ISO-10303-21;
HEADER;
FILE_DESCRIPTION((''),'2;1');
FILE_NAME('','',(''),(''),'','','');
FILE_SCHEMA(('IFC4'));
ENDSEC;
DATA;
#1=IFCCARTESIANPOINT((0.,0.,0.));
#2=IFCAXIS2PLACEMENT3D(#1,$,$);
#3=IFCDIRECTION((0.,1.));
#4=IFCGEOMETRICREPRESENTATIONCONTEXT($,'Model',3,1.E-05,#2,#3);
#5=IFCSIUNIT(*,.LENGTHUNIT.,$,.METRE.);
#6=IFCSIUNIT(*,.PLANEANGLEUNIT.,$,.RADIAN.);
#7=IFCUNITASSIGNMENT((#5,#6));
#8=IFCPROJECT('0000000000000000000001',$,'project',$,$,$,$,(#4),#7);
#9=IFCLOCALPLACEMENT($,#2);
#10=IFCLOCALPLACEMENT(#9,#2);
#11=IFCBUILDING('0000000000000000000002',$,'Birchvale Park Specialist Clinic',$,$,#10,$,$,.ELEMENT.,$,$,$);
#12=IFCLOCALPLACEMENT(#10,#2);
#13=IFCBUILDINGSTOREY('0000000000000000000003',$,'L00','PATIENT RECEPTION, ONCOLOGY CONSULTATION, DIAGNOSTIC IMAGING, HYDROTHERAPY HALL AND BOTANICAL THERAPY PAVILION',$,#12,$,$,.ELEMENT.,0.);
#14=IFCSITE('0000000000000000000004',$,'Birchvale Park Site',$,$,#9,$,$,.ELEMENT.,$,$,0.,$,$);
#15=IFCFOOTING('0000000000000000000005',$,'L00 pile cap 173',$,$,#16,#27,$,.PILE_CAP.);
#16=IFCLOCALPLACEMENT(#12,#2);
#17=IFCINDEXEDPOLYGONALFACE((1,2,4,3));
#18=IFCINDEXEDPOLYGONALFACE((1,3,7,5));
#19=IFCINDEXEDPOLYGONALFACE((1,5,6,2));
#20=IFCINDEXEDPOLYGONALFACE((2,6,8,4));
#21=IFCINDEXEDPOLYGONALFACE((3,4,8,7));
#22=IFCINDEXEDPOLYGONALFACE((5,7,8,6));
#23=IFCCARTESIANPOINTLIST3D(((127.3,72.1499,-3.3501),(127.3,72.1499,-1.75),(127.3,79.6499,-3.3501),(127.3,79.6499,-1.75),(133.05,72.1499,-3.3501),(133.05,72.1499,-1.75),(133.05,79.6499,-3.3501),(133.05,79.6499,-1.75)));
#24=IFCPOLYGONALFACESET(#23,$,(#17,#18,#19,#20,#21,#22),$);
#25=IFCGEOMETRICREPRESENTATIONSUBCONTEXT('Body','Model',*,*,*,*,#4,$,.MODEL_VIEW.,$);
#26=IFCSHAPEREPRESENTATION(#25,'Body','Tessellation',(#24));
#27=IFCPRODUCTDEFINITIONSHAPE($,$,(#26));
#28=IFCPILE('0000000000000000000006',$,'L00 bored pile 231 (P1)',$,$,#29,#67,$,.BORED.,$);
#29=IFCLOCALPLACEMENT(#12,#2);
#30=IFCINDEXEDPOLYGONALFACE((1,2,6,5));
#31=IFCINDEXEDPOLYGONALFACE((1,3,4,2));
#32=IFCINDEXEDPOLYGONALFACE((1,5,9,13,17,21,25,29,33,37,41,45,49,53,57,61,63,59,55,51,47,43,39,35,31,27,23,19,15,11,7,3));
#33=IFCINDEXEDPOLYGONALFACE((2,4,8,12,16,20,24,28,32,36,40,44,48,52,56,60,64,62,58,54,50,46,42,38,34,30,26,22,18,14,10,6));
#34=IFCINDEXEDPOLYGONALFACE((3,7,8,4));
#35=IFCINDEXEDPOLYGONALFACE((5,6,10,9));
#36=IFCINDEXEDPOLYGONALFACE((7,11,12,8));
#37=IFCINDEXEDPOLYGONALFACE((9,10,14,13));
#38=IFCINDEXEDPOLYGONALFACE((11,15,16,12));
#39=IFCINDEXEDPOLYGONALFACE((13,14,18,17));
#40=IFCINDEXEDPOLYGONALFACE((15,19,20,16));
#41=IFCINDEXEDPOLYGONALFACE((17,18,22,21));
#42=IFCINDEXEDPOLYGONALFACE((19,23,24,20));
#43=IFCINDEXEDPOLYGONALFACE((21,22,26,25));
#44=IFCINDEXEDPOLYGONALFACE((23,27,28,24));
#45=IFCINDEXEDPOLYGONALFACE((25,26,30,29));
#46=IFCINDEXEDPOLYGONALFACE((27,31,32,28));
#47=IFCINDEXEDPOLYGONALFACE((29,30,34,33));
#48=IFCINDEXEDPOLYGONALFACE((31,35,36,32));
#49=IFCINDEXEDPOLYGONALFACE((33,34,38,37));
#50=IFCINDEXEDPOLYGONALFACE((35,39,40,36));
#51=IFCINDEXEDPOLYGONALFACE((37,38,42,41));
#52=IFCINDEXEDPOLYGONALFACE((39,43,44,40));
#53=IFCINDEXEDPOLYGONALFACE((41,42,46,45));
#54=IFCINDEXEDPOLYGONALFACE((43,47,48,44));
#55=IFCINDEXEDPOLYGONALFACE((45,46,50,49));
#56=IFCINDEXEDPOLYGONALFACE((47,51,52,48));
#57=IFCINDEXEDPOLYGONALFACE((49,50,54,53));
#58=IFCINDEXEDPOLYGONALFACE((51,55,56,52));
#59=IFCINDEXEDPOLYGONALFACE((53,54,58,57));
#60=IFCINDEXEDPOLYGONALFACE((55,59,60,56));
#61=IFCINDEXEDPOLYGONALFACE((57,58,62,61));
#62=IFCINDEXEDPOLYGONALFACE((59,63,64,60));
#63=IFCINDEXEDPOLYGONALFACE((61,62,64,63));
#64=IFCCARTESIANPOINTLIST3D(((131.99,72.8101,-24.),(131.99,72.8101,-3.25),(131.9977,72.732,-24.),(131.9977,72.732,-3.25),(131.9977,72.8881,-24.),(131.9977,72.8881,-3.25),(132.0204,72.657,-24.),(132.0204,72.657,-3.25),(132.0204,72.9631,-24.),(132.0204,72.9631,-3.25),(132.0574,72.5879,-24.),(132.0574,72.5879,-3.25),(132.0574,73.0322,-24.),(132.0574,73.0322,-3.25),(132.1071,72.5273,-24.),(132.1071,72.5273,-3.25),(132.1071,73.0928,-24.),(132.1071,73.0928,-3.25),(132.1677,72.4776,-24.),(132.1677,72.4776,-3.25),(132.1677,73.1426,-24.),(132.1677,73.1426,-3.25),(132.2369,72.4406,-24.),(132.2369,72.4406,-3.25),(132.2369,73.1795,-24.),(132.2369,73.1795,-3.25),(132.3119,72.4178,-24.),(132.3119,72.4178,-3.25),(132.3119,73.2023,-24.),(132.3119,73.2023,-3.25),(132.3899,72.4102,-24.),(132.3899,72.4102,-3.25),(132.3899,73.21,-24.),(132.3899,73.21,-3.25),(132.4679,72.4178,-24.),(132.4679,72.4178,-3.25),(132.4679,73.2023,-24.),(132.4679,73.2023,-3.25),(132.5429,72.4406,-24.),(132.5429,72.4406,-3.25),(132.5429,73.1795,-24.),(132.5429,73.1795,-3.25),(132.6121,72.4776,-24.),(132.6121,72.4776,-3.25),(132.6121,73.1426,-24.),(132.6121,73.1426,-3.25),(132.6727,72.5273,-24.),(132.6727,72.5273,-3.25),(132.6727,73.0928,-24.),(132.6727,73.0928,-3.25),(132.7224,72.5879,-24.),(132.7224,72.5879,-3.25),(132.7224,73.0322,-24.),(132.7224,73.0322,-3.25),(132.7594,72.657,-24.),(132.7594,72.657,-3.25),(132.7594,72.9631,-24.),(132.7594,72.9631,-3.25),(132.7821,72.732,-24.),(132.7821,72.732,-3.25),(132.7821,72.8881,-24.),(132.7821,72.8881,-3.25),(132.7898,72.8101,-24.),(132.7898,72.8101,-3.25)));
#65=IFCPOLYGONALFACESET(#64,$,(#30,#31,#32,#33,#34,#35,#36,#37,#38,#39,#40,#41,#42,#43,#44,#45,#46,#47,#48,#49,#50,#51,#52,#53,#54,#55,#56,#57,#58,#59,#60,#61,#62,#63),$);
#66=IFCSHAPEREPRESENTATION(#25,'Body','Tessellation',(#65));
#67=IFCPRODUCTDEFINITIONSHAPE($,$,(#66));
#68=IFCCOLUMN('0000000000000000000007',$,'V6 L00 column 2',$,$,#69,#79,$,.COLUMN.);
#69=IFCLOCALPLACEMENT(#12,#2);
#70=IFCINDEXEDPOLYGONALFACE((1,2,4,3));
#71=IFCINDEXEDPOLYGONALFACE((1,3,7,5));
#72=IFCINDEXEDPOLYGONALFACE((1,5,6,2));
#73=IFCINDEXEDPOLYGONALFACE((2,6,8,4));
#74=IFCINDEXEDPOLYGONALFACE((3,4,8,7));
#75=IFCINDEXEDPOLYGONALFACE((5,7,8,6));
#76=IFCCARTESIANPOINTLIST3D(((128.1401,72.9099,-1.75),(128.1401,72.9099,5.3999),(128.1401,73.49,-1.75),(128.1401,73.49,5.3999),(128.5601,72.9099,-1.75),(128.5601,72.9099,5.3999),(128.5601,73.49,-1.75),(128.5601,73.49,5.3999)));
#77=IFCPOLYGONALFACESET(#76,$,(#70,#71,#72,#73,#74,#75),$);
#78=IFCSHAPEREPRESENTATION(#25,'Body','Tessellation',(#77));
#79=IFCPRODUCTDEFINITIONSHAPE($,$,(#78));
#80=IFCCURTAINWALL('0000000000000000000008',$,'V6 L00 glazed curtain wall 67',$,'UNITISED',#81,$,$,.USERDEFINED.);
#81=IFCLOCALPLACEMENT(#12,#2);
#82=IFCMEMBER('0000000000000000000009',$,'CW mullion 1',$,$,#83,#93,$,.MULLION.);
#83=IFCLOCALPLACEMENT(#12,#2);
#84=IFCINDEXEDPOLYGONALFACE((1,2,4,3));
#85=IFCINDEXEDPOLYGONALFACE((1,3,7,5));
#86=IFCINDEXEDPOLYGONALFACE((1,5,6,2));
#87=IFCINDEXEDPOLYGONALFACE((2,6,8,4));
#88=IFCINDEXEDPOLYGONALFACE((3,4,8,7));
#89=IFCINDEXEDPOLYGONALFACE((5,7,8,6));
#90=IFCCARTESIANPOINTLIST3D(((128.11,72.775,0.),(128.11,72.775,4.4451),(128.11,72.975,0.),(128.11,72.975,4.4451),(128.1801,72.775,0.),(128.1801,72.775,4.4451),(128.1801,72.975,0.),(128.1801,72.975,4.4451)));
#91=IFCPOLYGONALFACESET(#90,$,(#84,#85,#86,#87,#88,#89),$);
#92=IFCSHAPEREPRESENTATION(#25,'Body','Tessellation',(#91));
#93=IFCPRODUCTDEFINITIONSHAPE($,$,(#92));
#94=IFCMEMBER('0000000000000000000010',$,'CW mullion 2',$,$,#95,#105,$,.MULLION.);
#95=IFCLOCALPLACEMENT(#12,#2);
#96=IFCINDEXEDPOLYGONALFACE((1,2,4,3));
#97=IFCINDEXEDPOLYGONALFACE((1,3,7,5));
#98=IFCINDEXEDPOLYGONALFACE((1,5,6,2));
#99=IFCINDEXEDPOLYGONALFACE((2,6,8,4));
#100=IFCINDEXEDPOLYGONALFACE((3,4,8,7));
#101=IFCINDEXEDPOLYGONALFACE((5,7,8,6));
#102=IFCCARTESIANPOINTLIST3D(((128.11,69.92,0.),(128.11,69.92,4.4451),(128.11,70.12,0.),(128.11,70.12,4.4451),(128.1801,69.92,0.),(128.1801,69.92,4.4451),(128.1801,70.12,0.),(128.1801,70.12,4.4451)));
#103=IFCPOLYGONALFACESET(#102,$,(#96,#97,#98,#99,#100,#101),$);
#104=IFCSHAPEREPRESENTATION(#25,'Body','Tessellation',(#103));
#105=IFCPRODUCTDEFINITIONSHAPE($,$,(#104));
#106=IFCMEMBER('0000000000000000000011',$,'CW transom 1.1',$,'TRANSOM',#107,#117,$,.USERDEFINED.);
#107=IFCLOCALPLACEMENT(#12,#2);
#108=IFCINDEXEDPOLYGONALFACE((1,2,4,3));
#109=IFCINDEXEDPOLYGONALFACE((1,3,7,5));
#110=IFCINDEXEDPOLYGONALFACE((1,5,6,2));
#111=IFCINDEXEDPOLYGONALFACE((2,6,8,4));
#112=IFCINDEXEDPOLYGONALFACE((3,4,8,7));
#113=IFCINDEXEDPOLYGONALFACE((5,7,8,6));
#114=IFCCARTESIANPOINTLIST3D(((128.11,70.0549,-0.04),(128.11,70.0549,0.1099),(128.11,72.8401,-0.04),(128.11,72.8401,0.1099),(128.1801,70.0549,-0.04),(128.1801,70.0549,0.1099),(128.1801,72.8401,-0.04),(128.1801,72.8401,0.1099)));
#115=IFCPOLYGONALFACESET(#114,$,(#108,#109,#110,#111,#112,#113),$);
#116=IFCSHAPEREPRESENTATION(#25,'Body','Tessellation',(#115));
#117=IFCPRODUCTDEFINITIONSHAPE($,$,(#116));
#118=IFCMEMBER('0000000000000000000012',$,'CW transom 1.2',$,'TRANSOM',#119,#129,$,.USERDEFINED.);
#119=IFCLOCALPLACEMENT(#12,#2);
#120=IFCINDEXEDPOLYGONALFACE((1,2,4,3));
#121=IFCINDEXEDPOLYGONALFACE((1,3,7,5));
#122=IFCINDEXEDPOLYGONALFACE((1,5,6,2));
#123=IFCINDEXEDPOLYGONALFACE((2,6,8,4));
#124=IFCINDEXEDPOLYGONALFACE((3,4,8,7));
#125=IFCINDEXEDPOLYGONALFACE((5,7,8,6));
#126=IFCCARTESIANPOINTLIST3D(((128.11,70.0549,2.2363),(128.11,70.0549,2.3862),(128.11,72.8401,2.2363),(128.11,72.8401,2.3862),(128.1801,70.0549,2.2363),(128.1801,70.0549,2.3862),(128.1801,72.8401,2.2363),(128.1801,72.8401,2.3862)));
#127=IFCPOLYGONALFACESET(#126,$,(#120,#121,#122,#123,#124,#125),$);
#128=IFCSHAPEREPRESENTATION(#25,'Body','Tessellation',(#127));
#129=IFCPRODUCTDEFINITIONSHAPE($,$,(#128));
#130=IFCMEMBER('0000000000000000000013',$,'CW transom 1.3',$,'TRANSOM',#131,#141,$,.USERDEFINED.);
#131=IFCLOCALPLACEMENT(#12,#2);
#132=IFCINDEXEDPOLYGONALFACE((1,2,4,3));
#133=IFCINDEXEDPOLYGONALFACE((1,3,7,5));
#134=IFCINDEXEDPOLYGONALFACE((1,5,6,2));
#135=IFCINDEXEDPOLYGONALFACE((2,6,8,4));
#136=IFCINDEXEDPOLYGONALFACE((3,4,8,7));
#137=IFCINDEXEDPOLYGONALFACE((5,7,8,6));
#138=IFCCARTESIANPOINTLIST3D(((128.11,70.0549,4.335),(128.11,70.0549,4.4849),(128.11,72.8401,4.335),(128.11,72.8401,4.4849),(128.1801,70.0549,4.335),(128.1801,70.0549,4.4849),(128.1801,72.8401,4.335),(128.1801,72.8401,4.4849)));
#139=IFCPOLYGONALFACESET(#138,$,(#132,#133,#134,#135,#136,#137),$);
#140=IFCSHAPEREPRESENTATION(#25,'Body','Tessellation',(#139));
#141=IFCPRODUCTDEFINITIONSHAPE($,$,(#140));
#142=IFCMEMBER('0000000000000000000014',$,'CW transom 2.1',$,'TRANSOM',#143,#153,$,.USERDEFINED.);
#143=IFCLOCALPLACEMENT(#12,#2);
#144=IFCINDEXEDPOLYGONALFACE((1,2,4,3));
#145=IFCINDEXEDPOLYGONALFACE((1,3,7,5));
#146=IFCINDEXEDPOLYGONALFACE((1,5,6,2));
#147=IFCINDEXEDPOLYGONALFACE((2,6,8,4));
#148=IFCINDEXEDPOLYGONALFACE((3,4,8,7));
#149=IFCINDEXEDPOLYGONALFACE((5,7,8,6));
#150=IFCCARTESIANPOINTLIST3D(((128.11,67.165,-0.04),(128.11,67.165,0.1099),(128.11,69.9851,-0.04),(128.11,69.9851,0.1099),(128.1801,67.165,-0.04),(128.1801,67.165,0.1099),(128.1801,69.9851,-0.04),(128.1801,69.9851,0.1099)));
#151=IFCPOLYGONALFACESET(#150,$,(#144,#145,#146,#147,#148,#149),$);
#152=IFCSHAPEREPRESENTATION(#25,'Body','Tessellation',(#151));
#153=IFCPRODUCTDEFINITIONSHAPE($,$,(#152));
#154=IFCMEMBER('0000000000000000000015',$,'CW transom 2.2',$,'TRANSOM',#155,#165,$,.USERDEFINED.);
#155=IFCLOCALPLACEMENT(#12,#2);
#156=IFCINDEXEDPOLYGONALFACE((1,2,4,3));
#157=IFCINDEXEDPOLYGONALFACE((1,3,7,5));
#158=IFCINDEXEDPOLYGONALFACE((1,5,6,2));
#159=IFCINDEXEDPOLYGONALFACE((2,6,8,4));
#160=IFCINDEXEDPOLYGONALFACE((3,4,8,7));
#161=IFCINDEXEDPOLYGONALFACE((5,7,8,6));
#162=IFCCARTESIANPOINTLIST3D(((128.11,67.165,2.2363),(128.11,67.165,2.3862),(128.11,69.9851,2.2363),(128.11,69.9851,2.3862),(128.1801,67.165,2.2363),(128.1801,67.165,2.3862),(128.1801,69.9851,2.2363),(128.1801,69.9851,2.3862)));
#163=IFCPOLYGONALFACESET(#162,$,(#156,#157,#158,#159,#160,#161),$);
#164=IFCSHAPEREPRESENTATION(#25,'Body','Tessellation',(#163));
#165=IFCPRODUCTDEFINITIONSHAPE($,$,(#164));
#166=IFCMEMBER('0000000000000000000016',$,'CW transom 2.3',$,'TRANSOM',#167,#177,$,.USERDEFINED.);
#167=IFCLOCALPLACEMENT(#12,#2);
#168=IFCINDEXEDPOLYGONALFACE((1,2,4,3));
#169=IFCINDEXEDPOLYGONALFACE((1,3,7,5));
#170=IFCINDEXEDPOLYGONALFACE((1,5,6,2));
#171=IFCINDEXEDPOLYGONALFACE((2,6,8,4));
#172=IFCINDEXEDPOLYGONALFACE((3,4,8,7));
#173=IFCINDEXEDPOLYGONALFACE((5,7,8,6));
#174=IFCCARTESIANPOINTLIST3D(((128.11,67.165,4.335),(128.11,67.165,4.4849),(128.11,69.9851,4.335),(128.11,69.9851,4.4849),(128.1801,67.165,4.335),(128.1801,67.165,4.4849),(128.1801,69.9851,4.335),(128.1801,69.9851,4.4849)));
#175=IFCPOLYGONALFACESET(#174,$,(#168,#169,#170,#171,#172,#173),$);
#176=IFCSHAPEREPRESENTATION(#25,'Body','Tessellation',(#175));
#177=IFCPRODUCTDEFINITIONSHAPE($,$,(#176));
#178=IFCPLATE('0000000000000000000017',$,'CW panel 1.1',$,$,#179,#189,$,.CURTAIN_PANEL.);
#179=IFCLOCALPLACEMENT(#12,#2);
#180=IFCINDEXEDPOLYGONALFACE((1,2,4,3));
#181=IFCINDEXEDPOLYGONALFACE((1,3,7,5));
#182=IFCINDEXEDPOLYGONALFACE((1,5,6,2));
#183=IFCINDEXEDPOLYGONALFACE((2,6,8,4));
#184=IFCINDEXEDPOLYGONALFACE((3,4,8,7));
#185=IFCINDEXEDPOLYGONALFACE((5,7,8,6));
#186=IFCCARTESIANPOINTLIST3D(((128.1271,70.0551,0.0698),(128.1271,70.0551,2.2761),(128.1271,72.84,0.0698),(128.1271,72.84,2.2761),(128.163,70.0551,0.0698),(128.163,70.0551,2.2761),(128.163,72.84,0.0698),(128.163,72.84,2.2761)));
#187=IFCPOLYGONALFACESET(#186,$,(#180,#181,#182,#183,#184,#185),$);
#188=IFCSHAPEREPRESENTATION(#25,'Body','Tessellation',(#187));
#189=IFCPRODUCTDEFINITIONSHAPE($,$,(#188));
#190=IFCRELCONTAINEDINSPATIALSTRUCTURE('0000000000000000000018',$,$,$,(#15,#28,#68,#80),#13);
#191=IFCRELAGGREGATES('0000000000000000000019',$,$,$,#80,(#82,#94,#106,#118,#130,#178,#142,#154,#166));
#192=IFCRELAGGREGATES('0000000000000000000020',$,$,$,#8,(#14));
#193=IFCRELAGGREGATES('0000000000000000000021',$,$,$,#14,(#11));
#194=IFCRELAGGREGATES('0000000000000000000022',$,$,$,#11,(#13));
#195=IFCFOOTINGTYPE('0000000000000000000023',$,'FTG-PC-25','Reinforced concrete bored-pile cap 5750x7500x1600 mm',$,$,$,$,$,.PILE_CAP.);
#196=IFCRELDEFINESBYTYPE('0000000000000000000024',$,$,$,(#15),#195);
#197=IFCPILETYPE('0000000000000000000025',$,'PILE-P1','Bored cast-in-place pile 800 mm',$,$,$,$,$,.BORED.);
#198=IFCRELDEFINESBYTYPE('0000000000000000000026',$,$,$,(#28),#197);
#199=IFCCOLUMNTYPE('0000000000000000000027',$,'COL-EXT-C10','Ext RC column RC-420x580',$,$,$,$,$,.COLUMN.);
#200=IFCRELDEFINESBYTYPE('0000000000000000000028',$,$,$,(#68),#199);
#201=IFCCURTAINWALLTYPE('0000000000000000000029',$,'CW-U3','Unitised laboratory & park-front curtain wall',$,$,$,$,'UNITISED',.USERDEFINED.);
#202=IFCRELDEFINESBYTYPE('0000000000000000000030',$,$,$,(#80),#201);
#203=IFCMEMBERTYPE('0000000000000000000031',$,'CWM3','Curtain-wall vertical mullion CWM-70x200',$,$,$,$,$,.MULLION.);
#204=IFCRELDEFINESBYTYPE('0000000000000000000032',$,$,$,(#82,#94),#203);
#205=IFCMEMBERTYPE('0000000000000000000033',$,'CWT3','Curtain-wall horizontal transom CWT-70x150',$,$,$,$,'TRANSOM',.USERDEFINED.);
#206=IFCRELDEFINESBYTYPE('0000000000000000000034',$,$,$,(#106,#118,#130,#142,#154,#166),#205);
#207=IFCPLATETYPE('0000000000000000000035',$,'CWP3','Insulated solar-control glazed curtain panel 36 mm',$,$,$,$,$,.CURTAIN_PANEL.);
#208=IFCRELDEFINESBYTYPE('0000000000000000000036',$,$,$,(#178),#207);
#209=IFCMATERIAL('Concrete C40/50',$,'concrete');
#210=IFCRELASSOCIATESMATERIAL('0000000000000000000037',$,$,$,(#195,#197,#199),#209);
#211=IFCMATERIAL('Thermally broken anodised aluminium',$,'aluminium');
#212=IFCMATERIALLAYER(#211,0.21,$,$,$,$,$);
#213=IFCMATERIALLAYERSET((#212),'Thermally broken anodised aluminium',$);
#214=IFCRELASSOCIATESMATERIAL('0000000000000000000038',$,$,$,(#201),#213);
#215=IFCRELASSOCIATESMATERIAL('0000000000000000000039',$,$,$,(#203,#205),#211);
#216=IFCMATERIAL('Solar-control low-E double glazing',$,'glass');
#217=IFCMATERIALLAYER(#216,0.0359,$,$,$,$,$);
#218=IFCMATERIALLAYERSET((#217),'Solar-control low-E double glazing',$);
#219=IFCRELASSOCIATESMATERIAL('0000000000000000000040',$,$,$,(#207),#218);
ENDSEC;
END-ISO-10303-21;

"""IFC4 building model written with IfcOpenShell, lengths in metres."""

from ifc_helpers import new_model, si_unit, direction, frame, origin, origin_2d, place, context, subcontext, project, spatial, rectangle, circle, extrude, material, layer, layer_set, material_profile, profile_set, type_object, element, aggregate, save


model = new_model("IFC4")

# Units and contexts
model_context = context("Model", 3, precision=1e-05, world=origin(), true_north=direction((0.0, 1.0)))
body_context = subcontext(model_context, "Body", "Model", "MODEL_VIEW")
ifc_project = project(units=[si_unit("LENGTHUNIT", "METRE"), si_unit("PLANEANGLEUNIT", "RADIAN")], contexts=[model_context])

# Site, building, storey
site_placement = place(None, origin())
site = spatial("IfcSite", under=ifc_project, at=site_placement, Name="Birchvale Park Site", CompositionType="ELEMENT", RefElevation=0.0)
building_placement = place(site_placement, origin())
building = spatial("IfcBuilding", under=site, at=building_placement, Name="Birchvale Park Specialist Clinic", CompositionType="ELEMENT")
storey_placement = place(building_placement, origin())
storey = spatial("IfcBuildingStorey", under=building, at=storey_placement, Name="L00", Description="PATIENT RECEPTION, ONCOLOGY CONSULTATION, DIAGNOSTIC IMAGING, HYDROTHERAPY HALL AND BOTANICAL THERAPY PAVILION", CompositionType="ELEMENT", Elevation=0.0)

# Footing
ifc_material_1 = material(Name="Concrete C40/50", Category="concrete")
footing_type = type_object("IfcFootingType", Name="FTG-PC-25", Description="Reinforced concrete bored-pile cap 5750x7500x1600 mm", PredefinedType="PILE_CAP", material=ifc_material_1)
footing_placement = place(storey_placement, frame((130.175, 75.8999, -3.3501), z_axis=(0.0, 0.0, 1.0), x_axis=(1.0, 0.0, 0.0)))
element("IfcFooting", 1, at=footing_placement, inside=storey, type_object=footing_type, Name="L00 pile cap 173", PredefinedType="PILE_CAP", context=body_context, shape_type="SweptSolid", body=[
    extrude(rectangle(XDim=5.75, YDim=7.5, at=origin_2d()), origin(), (0.0, 0.0, 1.0), 1.6001),
])

# Pile
ifc_material_profile_1 = material_profile(ifc_material_1, circle(Radius=0.3999, at=origin_2d()), Name="PILE-800")
ifc_profile_set_1 = profile_set([ifc_material_profile_1], Name="Concrete C40/50")
pile_type = type_object("IfcPileType", Name="PILE-P1", Description="Bored cast-in-place pile 800 mm", PredefinedType="BORED", material=ifc_profile_set_1)
pile_placement = place(storey_placement, frame((132.3899, 72.8101, -3.25), z_axis=(0.0, 0.0, -1.0), x_axis=(1.0, 0.0, 0.0)))
element("IfcPile", 2, at=pile_placement, inside=storey, type_object=pile_type, Name="L00 bored pile 231 (P1)", PredefinedType="BORED", context=body_context, shape_type="SweptSolid", body=[
    extrude(circle(Radius=0.3999, at=origin_2d()), origin(), (0.0, 0.0, 1.0), 20.75),
])

# Column
ifc_material_profile_2 = material_profile(ifc_material_1, rectangle(XDim=0.4199, YDim=0.5801, at=origin_2d()), Name="RC-420x580")
ifc_profile_set_2 = profile_set([ifc_material_profile_2], Name="Concrete C40/50")
column_type = type_object("IfcColumnType", Name="COL-EXT-C10", Description="Ext RC column RC-420x580", PredefinedType="COLUMN", material=ifc_profile_set_2)
column_placement = place(storey_placement, frame((128.3501, 73.2, -1.75), z_axis=(0.0, 0.0, 1.0), x_axis=(1.0, 0.0, 0.0)))
element("IfcColumn", 3, at=column_placement, inside=storey, type_object=column_type, Name="V6 L00 column 2", PredefinedType="COLUMN", context=body_context, shape_type="SweptSolid", body=[
    extrude(rectangle(XDim=0.4199, YDim=0.5801, at=origin_2d()), origin(), (0.0, 0.0, 1.0), 7.1499),
])

# Curtain wall, members, plate
ifc_material_2 = material(Name="Thermally broken anodised aluminium", Category="aluminium")
ifc_layer_1 = layer(ifc_material_2, 0.21)
ifc_layer_set_1 = layer_set([ifc_layer_1], Name="Thermally broken anodised aluminium")
curtain_wall_type = type_object("IfcCurtainWallType", Name="CW-U3", Description="Unitised laboratory & park-front curtain wall", ElementType="UNITISED", PredefinedType="USERDEFINED", material=ifc_layer_set_1)
curtain_wall_placement = place(storey_placement, origin())
curtain_wall = element("IfcCurtainWall", 4, at=curtain_wall_placement, inside=storey, type_object=curtain_wall_type, Name="V6 L00 glazed curtain wall 67", ObjectType="UNITISED", PredefinedType="USERDEFINED")
ifc_material_profile_3 = material_profile(ifc_material_2, rectangle(XDim=0.0701, YDim=0.2, at=origin_2d()), Name="CWM-70x200")
ifc_profile_set_3 = profile_set([ifc_material_profile_3], Name="Thermally broken anodised aluminium")
member_type_1 = type_object("IfcMemberType", Name="CWM3", Description="Curtain-wall vertical mullion CWM-70x200", PredefinedType="MULLION", material=ifc_profile_set_3)
member_1_placement = place(storey_placement, frame((128.145, 72.875, 0.0), z_axis=(0.0, 0.0, 1.0), x_axis=(1.0, 0.0, 0.0)))
member_1 = element("IfcMember", 5, at=member_1_placement, type_object=member_type_1, Name="CW mullion 1", PredefinedType="MULLION", context=body_context, shape_type="SweptSolid", body=[
    extrude(rectangle(XDim=0.0701, YDim=0.2, at=origin_2d()), origin(), (0.0, 0.0, 1.0), 4.4451),
])
member_2_placement = place(storey_placement, frame((128.145, 70.02, 0.0), z_axis=(0.0, 0.0, 1.0), x_axis=(1.0, 0.0, 0.0)))
member_2 = element("IfcMember", 6, at=member_2_placement, type_object=member_type_1, Name="CW mullion 2", PredefinedType="MULLION", context=body_context, shape_type="SweptSolid", body=[
    extrude(rectangle(XDim=0.0701, YDim=0.2, at=origin_2d()), origin(), (0.0, 0.0, 1.0), 4.4451),
])
ifc_material_profile_4 = material_profile(ifc_material_2, rectangle(XDim=0.0701, YDim=0.1499, at=origin_2d()), Name="CWT-70x150")
ifc_profile_set_4 = profile_set([ifc_material_profile_4], Name="Thermally broken anodised aluminium")
member_type_2 = type_object("IfcMemberType", Name="CWT3", Description="Curtain-wall horizontal transom CWT-70x150", ElementType="TRANSOM", PredefinedType="USERDEFINED", material=ifc_profile_set_4)
member_3_placement = place(storey_placement, frame((128.145, 72.8401, 0.0349), z_axis=(0.0, -1.0, 0.0), x_axis=(1.0, 0.0, 0.0)))
member_3 = element("IfcMember", 7, at=member_3_placement, type_object=member_type_2, Name="CW transom 1.1", ObjectType="TRANSOM", PredefinedType="USERDEFINED", context=body_context, shape_type="SweptSolid", body=[
    extrude(rectangle(XDim=0.0701, YDim=0.1499, at=origin_2d()), origin(), (0.0, 0.0, 1.0), 2.7852),
])
member_4_placement = place(storey_placement, frame((128.145, 72.8401, 2.3113), z_axis=(0.0, -1.0, 0.0), x_axis=(1.0, 0.0, 0.0)))
member_4 = element("IfcMember", 8, at=member_4_placement, type_object=member_type_2, Name="CW transom 1.2", ObjectType="TRANSOM", PredefinedType="USERDEFINED", context=body_context, shape_type="SweptSolid", body=[
    extrude(rectangle(XDim=0.0701, YDim=0.1499, at=origin_2d()), origin(), (0.0, 0.0, 1.0), 2.7852),
])
member_5_placement = place(storey_placement, frame((128.145, 72.8401, 4.4099), z_axis=(0.0, -1.0, 0.0), x_axis=(1.0, 0.0, 0.0)))
member_5 = element("IfcMember", 9, at=member_5_placement, type_object=member_type_2, Name="CW transom 1.3", ObjectType="TRANSOM", PredefinedType="USERDEFINED", context=body_context, shape_type="SweptSolid", body=[
    extrude(rectangle(XDim=0.0701, YDim=0.1499, at=origin_2d()), origin(), (0.0, 0.0, 1.0), 2.7852),
])
member_6_placement = place(storey_placement, frame((128.145, 69.9851, 0.0349), z_axis=(0.0, -1.0, 0.0), x_axis=(1.0, 0.0, 0.0)))
member_6 = element("IfcMember", 10, at=member_6_placement, type_object=member_type_2, Name="CW transom 2.1", ObjectType="TRANSOM", PredefinedType="USERDEFINED", context=body_context, shape_type="SweptSolid", body=[
    extrude(rectangle(XDim=0.0701, YDim=0.1499, at=origin_2d()), origin(), (0.0, 0.0, 1.0), 2.8201),
])
member_7_placement = place(storey_placement, frame((128.145, 69.9851, 2.3113), z_axis=(0.0, -1.0, 0.0), x_axis=(1.0, 0.0, 0.0)))
member_7 = element("IfcMember", 11, at=member_7_placement, type_object=member_type_2, Name="CW transom 2.2", ObjectType="TRANSOM", PredefinedType="USERDEFINED", context=body_context, shape_type="SweptSolid", body=[
    extrude(rectangle(XDim=0.0701, YDim=0.1499, at=origin_2d()), origin(), (0.0, 0.0, 1.0), 2.8201),
])
member_8_placement = place(storey_placement, frame((128.145, 69.9851, 4.4099), z_axis=(0.0, -1.0, 0.0), x_axis=(1.0, 0.0, 0.0)))
member_8 = element("IfcMember", 12, at=member_8_placement, type_object=member_type_2, Name="CW transom 2.3", ObjectType="TRANSOM", PredefinedType="USERDEFINED", context=body_context, shape_type="SweptSolid", body=[
    extrude(rectangle(XDim=0.0701, YDim=0.1499, at=origin_2d()), origin(), (0.0, 0.0, 1.0), 2.8201),
])
ifc_material_3 = material(Name="Solar-control low-E double glazing", Category="glass")
ifc_layer_2 = layer(ifc_material_3, 0.0359)
ifc_layer_set_2 = layer_set([ifc_layer_2], Name="Solar-control low-E double glazing")
plate_type = type_object("IfcPlateType", Name="CWP3", Description="Insulated solar-control glazed curtain panel 36 mm", PredefinedType="CURTAIN_PANEL", material=ifc_layer_set_2)
plate_1_placement = place(storey_placement, frame((128.145, 71.4475, 0.0698), z_axis=(0.0, 0.0, 1.0), x_axis=(0.0, -1.0, 0.0)))
plate_1 = element("IfcPlate", 13, at=plate_1_placement, type_object=plate_type, Name="CW panel 1.1", PredefinedType="CURTAIN_PANEL", context=body_context, shape_type="SweptSolid", body=[
    extrude(rectangle(XDim=2.7849, YDim=0.0359, at=origin_2d()), origin(), (0.0, 0.0, 1.0), 2.2063),
])
aggregate(curtain_wall, [member_1, member_2, member_3, member_4, member_5, plate_1, member_6, member_7, member_8])

save(model, "model.ifc")
